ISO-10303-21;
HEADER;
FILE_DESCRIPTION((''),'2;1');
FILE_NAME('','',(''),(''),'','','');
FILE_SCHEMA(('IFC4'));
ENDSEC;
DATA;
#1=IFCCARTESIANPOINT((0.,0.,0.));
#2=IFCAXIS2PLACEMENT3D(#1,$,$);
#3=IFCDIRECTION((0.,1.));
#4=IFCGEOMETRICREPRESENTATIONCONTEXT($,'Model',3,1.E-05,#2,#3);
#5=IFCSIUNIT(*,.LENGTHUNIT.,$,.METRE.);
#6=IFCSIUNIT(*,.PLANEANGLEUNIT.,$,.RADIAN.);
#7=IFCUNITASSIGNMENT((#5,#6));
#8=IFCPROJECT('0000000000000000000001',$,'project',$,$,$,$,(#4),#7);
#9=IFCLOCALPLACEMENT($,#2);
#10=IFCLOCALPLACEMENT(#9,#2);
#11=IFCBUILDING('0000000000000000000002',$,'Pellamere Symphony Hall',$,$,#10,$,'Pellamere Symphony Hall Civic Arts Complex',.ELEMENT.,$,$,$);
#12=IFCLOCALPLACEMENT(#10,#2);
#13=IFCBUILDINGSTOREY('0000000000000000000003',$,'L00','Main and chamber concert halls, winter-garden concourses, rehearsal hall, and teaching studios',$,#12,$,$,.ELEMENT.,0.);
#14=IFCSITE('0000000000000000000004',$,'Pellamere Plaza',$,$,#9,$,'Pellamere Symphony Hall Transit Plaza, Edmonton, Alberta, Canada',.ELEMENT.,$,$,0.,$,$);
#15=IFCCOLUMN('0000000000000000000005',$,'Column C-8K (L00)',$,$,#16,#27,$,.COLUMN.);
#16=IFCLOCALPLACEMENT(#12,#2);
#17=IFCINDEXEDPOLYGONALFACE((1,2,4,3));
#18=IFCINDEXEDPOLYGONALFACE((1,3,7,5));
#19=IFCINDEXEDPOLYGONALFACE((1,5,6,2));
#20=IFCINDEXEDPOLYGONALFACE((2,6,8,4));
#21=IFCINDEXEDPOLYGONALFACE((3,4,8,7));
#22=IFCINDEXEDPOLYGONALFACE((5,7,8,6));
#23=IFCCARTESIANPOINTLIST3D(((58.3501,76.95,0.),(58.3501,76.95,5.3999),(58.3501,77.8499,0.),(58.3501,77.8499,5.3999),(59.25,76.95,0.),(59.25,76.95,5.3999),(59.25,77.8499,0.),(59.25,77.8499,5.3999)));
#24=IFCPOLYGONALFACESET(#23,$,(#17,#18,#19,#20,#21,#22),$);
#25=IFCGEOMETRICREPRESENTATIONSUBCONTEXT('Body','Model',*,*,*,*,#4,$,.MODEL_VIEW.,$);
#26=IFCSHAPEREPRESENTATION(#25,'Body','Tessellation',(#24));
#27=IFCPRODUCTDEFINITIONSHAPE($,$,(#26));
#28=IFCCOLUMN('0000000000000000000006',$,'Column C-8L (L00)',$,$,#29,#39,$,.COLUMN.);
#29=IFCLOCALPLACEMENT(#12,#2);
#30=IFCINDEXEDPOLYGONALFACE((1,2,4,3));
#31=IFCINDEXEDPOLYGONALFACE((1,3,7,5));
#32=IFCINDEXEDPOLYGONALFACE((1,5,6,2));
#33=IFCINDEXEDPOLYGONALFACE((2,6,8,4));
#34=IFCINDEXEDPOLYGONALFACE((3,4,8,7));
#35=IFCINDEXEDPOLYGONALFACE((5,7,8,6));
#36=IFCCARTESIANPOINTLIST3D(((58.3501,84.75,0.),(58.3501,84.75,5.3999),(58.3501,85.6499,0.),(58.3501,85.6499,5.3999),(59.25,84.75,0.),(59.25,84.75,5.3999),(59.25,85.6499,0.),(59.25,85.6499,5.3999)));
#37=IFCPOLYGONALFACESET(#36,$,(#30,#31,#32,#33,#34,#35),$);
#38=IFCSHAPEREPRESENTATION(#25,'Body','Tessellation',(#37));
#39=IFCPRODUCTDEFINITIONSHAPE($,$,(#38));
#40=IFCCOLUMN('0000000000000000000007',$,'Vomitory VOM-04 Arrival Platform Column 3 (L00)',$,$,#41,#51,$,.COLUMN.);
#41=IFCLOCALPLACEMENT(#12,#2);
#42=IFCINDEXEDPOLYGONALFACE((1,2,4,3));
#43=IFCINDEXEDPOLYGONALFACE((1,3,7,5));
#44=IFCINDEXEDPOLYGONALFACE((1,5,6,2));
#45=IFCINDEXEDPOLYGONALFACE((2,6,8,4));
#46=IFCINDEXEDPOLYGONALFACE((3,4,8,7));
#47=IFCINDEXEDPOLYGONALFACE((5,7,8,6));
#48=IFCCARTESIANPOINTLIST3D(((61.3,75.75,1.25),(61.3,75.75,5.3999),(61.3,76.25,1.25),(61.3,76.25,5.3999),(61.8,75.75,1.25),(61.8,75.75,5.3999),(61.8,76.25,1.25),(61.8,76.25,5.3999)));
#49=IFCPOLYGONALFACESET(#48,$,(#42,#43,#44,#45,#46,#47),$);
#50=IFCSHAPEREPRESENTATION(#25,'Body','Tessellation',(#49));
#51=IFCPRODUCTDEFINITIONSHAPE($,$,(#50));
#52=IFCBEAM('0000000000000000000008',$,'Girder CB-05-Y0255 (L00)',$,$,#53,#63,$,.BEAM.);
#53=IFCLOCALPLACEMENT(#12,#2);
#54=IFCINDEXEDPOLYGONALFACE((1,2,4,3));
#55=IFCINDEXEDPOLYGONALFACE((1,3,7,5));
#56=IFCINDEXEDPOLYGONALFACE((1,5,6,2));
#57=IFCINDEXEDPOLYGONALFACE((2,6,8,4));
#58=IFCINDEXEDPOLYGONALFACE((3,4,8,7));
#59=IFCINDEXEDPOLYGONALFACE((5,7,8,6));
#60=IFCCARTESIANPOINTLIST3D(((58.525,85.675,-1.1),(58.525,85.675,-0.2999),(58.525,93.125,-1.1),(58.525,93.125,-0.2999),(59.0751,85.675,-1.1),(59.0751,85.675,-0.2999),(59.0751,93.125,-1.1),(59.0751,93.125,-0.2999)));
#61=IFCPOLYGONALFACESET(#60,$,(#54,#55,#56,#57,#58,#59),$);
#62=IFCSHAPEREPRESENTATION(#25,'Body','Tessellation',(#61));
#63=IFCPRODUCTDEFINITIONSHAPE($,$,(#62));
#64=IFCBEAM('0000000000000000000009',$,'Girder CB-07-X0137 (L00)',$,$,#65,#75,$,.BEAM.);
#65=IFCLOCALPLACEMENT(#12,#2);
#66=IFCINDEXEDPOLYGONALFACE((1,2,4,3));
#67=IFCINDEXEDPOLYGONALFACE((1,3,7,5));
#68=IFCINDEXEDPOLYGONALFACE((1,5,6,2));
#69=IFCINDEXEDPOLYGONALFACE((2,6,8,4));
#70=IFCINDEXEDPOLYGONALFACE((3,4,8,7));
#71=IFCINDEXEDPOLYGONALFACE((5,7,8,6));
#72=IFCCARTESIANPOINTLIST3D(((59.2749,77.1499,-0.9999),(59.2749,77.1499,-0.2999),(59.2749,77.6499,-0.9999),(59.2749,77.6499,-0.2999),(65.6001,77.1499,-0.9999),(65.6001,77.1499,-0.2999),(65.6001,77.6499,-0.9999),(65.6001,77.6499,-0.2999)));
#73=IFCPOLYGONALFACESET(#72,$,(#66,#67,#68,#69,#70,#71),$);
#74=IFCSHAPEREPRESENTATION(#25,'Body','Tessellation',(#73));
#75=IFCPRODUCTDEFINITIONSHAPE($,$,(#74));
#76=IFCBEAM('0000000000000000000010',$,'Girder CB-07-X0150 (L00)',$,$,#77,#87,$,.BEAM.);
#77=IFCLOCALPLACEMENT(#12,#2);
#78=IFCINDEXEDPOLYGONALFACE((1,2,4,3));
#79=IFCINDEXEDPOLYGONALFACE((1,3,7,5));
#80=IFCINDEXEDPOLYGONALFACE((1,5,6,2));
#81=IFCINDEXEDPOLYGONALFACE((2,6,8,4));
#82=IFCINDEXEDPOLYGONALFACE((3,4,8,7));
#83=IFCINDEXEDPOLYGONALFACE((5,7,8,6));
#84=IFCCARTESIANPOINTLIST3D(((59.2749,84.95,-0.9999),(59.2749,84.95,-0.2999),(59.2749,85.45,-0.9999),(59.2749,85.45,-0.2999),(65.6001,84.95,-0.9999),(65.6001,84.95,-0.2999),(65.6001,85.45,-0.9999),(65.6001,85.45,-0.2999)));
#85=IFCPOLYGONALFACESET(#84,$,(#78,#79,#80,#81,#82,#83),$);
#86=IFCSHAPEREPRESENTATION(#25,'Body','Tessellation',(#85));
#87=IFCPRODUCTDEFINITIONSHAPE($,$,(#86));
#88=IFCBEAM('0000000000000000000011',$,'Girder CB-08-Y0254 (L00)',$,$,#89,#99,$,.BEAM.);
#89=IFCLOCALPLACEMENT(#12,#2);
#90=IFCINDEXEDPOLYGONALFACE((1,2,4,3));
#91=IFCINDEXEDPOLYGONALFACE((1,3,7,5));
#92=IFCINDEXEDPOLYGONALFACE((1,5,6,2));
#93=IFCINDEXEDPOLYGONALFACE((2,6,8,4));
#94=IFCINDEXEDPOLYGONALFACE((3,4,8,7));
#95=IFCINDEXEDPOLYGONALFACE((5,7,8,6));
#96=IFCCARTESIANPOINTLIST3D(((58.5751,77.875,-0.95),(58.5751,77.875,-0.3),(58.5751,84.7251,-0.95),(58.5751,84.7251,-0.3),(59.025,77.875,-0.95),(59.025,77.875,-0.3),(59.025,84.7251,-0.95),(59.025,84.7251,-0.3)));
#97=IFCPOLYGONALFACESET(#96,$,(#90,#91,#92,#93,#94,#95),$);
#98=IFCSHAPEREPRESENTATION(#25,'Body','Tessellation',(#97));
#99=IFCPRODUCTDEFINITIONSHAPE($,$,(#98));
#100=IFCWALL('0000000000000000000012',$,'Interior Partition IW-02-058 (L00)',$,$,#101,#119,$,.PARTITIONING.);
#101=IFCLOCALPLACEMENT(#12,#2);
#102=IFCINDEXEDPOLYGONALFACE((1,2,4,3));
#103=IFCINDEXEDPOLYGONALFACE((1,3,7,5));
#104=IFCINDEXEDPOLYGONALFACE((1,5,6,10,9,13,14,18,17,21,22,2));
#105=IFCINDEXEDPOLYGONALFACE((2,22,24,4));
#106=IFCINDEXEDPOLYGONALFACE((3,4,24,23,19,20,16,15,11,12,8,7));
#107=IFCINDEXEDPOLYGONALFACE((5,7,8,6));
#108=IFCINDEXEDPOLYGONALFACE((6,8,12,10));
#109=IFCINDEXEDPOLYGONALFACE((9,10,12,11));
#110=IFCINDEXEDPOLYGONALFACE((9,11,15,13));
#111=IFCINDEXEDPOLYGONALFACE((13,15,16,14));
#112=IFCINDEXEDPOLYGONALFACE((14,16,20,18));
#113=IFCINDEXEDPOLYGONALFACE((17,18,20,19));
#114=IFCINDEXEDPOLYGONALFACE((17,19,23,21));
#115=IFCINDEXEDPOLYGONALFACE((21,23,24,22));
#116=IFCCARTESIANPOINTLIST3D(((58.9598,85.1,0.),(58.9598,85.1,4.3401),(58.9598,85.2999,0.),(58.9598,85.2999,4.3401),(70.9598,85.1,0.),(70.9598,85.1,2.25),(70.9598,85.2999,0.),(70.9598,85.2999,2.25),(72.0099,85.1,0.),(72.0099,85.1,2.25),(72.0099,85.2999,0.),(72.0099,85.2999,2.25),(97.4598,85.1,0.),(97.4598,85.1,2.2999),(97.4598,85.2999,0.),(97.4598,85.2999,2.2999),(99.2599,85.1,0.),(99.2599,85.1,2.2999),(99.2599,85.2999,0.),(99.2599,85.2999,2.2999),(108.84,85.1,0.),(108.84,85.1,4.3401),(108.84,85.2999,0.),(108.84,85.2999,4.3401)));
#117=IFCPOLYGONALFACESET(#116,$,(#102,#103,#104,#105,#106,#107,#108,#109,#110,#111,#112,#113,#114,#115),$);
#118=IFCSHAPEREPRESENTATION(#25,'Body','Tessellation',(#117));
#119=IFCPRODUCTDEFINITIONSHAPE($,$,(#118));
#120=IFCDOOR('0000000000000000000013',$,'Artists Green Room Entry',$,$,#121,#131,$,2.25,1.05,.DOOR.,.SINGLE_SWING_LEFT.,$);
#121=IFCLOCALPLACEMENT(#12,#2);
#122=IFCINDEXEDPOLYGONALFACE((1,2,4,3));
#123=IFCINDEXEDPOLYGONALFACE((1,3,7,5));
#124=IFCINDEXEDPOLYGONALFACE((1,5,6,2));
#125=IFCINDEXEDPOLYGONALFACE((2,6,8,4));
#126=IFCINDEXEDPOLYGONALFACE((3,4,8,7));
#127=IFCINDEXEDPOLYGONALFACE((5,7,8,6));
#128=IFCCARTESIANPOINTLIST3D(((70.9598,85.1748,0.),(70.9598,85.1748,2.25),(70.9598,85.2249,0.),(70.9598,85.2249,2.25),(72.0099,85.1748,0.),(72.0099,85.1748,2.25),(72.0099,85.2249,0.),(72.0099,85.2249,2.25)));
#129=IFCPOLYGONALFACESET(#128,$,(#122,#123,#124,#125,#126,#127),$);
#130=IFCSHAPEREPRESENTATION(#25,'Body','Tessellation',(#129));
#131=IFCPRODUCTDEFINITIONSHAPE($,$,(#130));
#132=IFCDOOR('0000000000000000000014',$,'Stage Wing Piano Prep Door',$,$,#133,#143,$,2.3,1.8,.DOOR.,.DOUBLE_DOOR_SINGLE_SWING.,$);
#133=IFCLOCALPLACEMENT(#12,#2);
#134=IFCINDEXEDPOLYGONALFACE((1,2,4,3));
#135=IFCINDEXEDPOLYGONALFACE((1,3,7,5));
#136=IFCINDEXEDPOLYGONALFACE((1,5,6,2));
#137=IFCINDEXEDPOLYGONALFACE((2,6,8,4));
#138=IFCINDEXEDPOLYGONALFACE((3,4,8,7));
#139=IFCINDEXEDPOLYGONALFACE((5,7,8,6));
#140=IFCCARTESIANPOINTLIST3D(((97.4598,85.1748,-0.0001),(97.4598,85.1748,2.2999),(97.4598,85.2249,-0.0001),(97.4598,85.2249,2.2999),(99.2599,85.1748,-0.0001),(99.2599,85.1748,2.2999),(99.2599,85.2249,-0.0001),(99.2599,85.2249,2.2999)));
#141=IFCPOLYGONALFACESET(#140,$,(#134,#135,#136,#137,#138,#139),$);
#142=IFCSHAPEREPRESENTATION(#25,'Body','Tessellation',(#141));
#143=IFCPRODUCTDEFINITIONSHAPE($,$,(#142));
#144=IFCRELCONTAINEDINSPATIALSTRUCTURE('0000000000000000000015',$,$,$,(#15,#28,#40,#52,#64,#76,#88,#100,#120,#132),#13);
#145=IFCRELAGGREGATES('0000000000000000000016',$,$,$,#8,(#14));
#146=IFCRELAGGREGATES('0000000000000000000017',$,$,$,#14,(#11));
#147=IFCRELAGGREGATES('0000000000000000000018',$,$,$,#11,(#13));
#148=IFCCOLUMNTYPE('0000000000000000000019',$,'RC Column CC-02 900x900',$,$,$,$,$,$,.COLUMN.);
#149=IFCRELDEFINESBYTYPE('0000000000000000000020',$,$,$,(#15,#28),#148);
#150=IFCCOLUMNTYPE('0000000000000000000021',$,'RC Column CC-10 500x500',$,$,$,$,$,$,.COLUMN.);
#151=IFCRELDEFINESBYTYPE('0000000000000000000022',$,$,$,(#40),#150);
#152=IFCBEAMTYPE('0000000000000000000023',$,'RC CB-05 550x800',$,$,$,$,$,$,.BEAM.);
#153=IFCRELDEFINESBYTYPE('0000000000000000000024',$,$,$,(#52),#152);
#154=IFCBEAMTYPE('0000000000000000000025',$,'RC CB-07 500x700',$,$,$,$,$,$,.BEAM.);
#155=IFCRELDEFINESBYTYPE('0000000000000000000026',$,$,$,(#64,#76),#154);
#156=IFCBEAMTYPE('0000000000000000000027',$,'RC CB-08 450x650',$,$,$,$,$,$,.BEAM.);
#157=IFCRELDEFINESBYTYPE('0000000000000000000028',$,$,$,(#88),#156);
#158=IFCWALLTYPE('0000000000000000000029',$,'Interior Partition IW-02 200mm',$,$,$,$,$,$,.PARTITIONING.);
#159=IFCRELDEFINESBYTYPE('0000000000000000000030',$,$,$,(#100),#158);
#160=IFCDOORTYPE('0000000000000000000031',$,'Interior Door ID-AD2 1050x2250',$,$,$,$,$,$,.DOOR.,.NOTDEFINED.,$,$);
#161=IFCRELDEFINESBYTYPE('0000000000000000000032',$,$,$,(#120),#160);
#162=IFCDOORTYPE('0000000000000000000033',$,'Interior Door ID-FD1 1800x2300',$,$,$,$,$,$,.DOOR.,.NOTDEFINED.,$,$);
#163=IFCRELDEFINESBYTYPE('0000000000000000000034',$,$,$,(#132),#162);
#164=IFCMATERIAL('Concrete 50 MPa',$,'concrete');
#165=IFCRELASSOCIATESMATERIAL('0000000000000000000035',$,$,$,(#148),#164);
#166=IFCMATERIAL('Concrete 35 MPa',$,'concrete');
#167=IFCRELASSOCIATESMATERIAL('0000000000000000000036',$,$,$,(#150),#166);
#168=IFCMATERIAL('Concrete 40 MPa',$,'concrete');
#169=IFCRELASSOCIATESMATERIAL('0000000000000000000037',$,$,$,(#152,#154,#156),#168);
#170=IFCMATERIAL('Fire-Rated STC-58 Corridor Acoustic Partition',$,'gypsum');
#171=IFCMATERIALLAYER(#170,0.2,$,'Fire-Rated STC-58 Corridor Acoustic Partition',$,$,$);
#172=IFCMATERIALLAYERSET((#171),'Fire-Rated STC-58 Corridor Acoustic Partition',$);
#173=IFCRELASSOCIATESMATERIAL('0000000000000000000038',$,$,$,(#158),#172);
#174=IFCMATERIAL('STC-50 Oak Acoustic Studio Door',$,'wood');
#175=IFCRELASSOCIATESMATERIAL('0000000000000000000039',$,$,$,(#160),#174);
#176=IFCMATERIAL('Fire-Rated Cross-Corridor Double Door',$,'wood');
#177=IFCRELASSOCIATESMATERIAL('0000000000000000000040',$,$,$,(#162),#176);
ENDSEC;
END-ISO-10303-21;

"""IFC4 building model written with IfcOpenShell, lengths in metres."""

from ifc_helpers import new_model, si_unit, direction, frame, frame_2d, origin, origin_2d, place, context, subcontext, project, spatial, rectangle, extrude, material, layer, layer_set, material_profile, profile_set, type_object, element, fill, save


model = new_model("IFC4")

# Units and contexts
model_context = context("Model", 3, precision=1e-05, world=origin(), true_north=direction((0.0, 1.0)))
body_context = subcontext(model_context, "Body", "Model", "MODEL_VIEW")
ifc_project = project(units=[si_unit("LENGTHUNIT", "METRE"), si_unit("PLANEANGLEUNIT", "RADIAN")], contexts=[model_context])

# Site, building, storey
site_placement = place(None, origin())
site = spatial("IfcSite", under=ifc_project, at=site_placement, Name="Pellamere Plaza", LongName="Pellamere Symphony Hall Transit Plaza, Edmonton, Alberta, Canada", CompositionType="ELEMENT", RefElevation=0.0)
building_placement = place(site_placement, origin())
building = spatial("IfcBuilding", under=site, at=building_placement, Name="Pellamere Symphony Hall", LongName="Pellamere Symphony Hall Civic Arts Complex", CompositionType="ELEMENT")
storey_placement = place(building_placement, origin())
storey = spatial("IfcBuildingStorey", under=building, at=storey_placement, Name="L00", Description="Main and chamber concert halls, winter-garden concourses, rehearsal hall, and teaching studios", CompositionType="ELEMENT", Elevation=0.0)

# Columns
ifc_material_1 = material(Name="Concrete 50 MPa", Category="concrete")
ifc_material_profile_1 = material_profile(ifc_material_1, rectangle(XDim=0.8999, YDim=0.8999, at=origin_2d()), Name="RC 900x900")
ifc_profile_set_1 = profile_set([ifc_material_profile_1], Name="Concrete 50 MPa")
column_type_1 = type_object("IfcColumnType", Name="RC Column CC-02 900x900", PredefinedType="COLUMN", material=ifc_profile_set_1)
for number, where, z_axis, x_axis, name in (
    (1, (58.8, 77.3999, 0.0), (0.0, 0.0, 1.0), (1.0, 0.0, 0.0), "Column C-8K (L00)"),
    (2, (58.8, 85.2, 0.0), (0.0, 0.0, 1.0), (1.0, 0.0, 0.0), "Column C-8L (L00)"),
):
    element("IfcColumn", number, at=place(storey_placement, frame(where, z_axis=z_axis, x_axis=x_axis)), inside=storey, type_object=column_type_1, Name=name, PredefinedType="COLUMN", context=body_context, shape_type="SweptSolid", body=[
        extrude(rectangle(XDim=0.8999, YDim=0.8999, at=origin_2d()), origin(), (0.0, 0.0, 1.0), 5.3999),
    ])
ifc_material_2 = material(Name="Concrete 35 MPa", Category="concrete")
ifc_material_profile_2 = material_profile(ifc_material_2, rectangle(XDim=0.5, YDim=0.5, at=origin_2d()), Name="RC 500x500")
ifc_profile_set_2 = profile_set([ifc_material_profile_2], Name="Concrete 35 MPa")
column_type_2 = type_object("IfcColumnType", Name="RC Column CC-10 500x500", PredefinedType="COLUMN", material=ifc_profile_set_2)
column_placement = place(storey_placement, frame((61.55, 76.0, 1.25), z_axis=(0.0, 0.0, 1.0), x_axis=(1.0, 0.0, 0.0)))
element("IfcColumn", 3, at=column_placement, inside=storey, type_object=column_type_2, Name="Vomitory VOM-04 Arrival Platform Column 3 (L00)", PredefinedType="COLUMN", context=body_context, shape_type="SweptSolid", body=[
    extrude(rectangle(XDim=0.5, YDim=0.5, at=origin_2d()), origin(), (0.0, 0.0, 1.0), 4.1499),
])

# Beams
ifc_material_3 = material(Name="Concrete 40 MPa", Category="concrete")
ifc_material_profile_3 = material_profile(ifc_material_3, rectangle(XDim=0.55, YDim=0.8, at=origin_2d()), Name="RC 550x800")
ifc_profile_set_3 = profile_set([ifc_material_profile_3], Name="Concrete 40 MPa")
beam_type_1 = type_object("IfcBeamType", Name="RC CB-05 550x800", PredefinedType="BEAM", material=ifc_profile_set_3)
beam_1_placement = place(storey_placement, frame((58.8, 85.675, -0.7), z_axis=(0.0, 1.0, 0.0), x_axis=(-1.0, 0.0, 0.0)))
element("IfcBeam", 4, at=beam_1_placement, inside=storey, type_object=beam_type_1, Name="Girder CB-05-Y0255 (L00)", PredefinedType="BEAM", context=body_context, shape_type="SweptSolid", body=[
    extrude(rectangle(XDim=0.55, YDim=0.8, at=origin_2d()), origin(), (0.0, 0.0, 1.0), 7.45),
])
ifc_material_profile_4 = material_profile(ifc_material_3, rectangle(XDim=0.5, YDim=0.7, at=origin_2d()), Name="RC 500x700")
ifc_profile_set_4 = profile_set([ifc_material_profile_4], Name="Concrete 40 MPa")
beam_type_2 = type_object("IfcBeamType", Name="RC CB-07 500x700", PredefinedType="BEAM", material=ifc_profile_set_4)
for number, where, z_axis, x_axis, name in (
    (5, (59.2749, 77.3999, -0.6499), (1.0, 0.0, 0.0), (0.0, 1.0, 0.0), "Girder CB-07-X0137 (L00)"),
    (6, (59.2749, 85.2, -0.6499), (1.0, 0.0, 0.0), (0.0, 1.0, 0.0), "Girder CB-07-X0150 (L00)"),
):
    element("IfcBeam", number, at=place(storey_placement, frame(where, z_axis=z_axis, x_axis=x_axis)), inside=storey, type_object=beam_type_2, Name=name, PredefinedType="BEAM", context=body_context, shape_type="SweptSolid", body=[
        extrude(rectangle(XDim=0.5, YDim=0.7, at=origin_2d()), origin(), (0.0, 0.0, 1.0), 6.3252),
    ])
ifc_material_profile_5 = material_profile(ifc_material_3, rectangle(XDim=0.45, YDim=0.6499, at=origin_2d()), Name="RC 450x650")
ifc_profile_set_5 = profile_set([ifc_material_profile_5], Name="Concrete 40 MPa")
beam_type_3 = type_object("IfcBeamType", Name="RC CB-08 450x650", PredefinedType="BEAM", material=ifc_profile_set_5)
beam_2_placement = place(storey_placement, frame((58.8, 77.875, -0.625), z_axis=(0.0, 1.0, 0.0), x_axis=(-1.0, 0.0, 0.0)))
element("IfcBeam", 7, at=beam_2_placement, inside=storey, type_object=beam_type_3, Name="Girder CB-08-Y0254 (L00)", PredefinedType="BEAM", context=body_context, shape_type="SweptSolid", body=[
    extrude(rectangle(XDim=0.45, YDim=0.6499, at=origin_2d()), origin(), (0.0, 0.0, 1.0), 6.8501),
])

# Wall, openings, doors
ifc_material_4 = material(Name="Fire-Rated STC-58 Corridor Acoustic Partition", Category="gypsum")
ifc_layer_1 = layer(ifc_material_4, 0.2, Name="Fire-Rated STC-58 Corridor Acoustic Partition")
ifc_layer_set_1 = layer_set([ifc_layer_1], Name="Fire-Rated STC-58 Corridor Acoustic Partition")
wall_type_1 = type_object("IfcWallType", Name="Interior Partition IW-02 200mm", PredefinedType="PARTITIONING", material=ifc_layer_set_1)
wall_1_placement = place(storey_placement, frame((58.96, 85.2, 0.0), z_axis=(0.0, 0.0, 1.0), x_axis=(1.0, 0.0, 0.0)))
wall_1 = element("IfcWall", 8, at=wall_1_placement, inside=storey, type_object=wall_type_1, Name="Interior Partition IW-02-058 (L00)", PredefinedType="PARTITIONING", context=body_context, shape_type="SweptSolid", body=[
    extrude(rectangle(XDim=49.8801, YDim=0.2, at=frame_2d((24.9399, 0.0))), origin(), (0.0, 0.0, 1.0), 4.3401),
])
opening_1_placement = place(wall_1_placement, frame((12.0, 0.0, 0.0)))
opening_1 = element("IfcOpeningElement", 9, at=opening_1_placement, cuts=wall_1, PredefinedType="OPENING", context=body_context, shape_type="SweptSolid", body=[
    extrude(rectangle(XDim=1.05, YDim=2.25, at=frame_2d((0.5249, 1.125))), frame((0.0, 0.1099, 0.0), z_axis=(0.0, -1.0, 0.0), x_axis=(1.0, 0.0, 0.0)), (0.0, 0.0, 1.0), 0.22),
])
opening_2_placement = place(wall_1_placement, frame((38.5, 0.0, 0.0)))
opening_2 = element("IfcOpeningElement", 10, at=opening_2_placement, cuts=wall_1, PredefinedType="OPENING", context=body_context, shape_type="SweptSolid", body=[
    extrude(rectangle(XDim=1.8, YDim=2.3, at=frame_2d((0.8999, 1.1499))), frame((0.0, 0.1099, 0.0), z_axis=(0.0, -1.0, 0.0), x_axis=(1.0, 0.0, 0.0)), (0.0, 0.0, 1.0), 0.22),
])
ifc_material_5 = material(Name="STC-50 Oak Acoustic Studio Door", Category="wood")
door_type_1 = type_object("IfcDoorType", Name="Interior Door ID-AD2 1050x2250", OperationType="NOTDEFINED", PredefinedType="DOOR", material=ifc_material_5)
door_1_placement = place(opening_1_placement, origin())
door_1 = element("IfcDoor", 11, at=door_1_placement, inside=storey, type_object=door_type_1, Name="Artists Green Room Entry", OperationType="SINGLE_SWING_LEFT", OverallHeight=2.25, OverallWidth=1.05, PredefinedType="DOOR", context=body_context, shape_type="SweptSolid", body=[
    extrude(rectangle(XDim=1.05, YDim=2.25, at=frame_2d((0.5249, 1.125))), frame((0.0, 0.0249, 0.0), z_axis=(0.0, -1.0, 0.0), x_axis=(1.0, 0.0, 0.0)), (0.0, 0.0, 1.0), 0.05),
])
fill(opening_1, door_1)
ifc_material_6 = material(Name="Fire-Rated Cross-Corridor Double Door", Category="wood")
door_type_2 = type_object("IfcDoorType", Name="Interior Door ID-FD1 1800x2300", OperationType="NOTDEFINED", PredefinedType="DOOR", material=ifc_material_6)
door_2_placement = place(opening_2_placement, origin())
door_2 = element("IfcDoor", 12, at=door_2_placement, inside=storey, type_object=door_type_2, Name="Stage Wing Piano Prep Door", OperationType="DOUBLE_DOOR_SINGLE_SWING", OverallHeight=2.3, OverallWidth=1.8, PredefinedType="DOOR", context=body_context, shape_type="SweptSolid", body=[
    extrude(rectangle(XDim=1.8, YDim=2.3, at=frame_2d((0.8999, 1.1499))), frame((0.0, 0.0249, 0.0), z_axis=(0.0, -1.0, 0.0), x_axis=(1.0, 0.0, 0.0)), (0.0, 0.0, 1.0), 0.05),
])
fill(opening_2, door_2)

save(model, "model.ifc")
